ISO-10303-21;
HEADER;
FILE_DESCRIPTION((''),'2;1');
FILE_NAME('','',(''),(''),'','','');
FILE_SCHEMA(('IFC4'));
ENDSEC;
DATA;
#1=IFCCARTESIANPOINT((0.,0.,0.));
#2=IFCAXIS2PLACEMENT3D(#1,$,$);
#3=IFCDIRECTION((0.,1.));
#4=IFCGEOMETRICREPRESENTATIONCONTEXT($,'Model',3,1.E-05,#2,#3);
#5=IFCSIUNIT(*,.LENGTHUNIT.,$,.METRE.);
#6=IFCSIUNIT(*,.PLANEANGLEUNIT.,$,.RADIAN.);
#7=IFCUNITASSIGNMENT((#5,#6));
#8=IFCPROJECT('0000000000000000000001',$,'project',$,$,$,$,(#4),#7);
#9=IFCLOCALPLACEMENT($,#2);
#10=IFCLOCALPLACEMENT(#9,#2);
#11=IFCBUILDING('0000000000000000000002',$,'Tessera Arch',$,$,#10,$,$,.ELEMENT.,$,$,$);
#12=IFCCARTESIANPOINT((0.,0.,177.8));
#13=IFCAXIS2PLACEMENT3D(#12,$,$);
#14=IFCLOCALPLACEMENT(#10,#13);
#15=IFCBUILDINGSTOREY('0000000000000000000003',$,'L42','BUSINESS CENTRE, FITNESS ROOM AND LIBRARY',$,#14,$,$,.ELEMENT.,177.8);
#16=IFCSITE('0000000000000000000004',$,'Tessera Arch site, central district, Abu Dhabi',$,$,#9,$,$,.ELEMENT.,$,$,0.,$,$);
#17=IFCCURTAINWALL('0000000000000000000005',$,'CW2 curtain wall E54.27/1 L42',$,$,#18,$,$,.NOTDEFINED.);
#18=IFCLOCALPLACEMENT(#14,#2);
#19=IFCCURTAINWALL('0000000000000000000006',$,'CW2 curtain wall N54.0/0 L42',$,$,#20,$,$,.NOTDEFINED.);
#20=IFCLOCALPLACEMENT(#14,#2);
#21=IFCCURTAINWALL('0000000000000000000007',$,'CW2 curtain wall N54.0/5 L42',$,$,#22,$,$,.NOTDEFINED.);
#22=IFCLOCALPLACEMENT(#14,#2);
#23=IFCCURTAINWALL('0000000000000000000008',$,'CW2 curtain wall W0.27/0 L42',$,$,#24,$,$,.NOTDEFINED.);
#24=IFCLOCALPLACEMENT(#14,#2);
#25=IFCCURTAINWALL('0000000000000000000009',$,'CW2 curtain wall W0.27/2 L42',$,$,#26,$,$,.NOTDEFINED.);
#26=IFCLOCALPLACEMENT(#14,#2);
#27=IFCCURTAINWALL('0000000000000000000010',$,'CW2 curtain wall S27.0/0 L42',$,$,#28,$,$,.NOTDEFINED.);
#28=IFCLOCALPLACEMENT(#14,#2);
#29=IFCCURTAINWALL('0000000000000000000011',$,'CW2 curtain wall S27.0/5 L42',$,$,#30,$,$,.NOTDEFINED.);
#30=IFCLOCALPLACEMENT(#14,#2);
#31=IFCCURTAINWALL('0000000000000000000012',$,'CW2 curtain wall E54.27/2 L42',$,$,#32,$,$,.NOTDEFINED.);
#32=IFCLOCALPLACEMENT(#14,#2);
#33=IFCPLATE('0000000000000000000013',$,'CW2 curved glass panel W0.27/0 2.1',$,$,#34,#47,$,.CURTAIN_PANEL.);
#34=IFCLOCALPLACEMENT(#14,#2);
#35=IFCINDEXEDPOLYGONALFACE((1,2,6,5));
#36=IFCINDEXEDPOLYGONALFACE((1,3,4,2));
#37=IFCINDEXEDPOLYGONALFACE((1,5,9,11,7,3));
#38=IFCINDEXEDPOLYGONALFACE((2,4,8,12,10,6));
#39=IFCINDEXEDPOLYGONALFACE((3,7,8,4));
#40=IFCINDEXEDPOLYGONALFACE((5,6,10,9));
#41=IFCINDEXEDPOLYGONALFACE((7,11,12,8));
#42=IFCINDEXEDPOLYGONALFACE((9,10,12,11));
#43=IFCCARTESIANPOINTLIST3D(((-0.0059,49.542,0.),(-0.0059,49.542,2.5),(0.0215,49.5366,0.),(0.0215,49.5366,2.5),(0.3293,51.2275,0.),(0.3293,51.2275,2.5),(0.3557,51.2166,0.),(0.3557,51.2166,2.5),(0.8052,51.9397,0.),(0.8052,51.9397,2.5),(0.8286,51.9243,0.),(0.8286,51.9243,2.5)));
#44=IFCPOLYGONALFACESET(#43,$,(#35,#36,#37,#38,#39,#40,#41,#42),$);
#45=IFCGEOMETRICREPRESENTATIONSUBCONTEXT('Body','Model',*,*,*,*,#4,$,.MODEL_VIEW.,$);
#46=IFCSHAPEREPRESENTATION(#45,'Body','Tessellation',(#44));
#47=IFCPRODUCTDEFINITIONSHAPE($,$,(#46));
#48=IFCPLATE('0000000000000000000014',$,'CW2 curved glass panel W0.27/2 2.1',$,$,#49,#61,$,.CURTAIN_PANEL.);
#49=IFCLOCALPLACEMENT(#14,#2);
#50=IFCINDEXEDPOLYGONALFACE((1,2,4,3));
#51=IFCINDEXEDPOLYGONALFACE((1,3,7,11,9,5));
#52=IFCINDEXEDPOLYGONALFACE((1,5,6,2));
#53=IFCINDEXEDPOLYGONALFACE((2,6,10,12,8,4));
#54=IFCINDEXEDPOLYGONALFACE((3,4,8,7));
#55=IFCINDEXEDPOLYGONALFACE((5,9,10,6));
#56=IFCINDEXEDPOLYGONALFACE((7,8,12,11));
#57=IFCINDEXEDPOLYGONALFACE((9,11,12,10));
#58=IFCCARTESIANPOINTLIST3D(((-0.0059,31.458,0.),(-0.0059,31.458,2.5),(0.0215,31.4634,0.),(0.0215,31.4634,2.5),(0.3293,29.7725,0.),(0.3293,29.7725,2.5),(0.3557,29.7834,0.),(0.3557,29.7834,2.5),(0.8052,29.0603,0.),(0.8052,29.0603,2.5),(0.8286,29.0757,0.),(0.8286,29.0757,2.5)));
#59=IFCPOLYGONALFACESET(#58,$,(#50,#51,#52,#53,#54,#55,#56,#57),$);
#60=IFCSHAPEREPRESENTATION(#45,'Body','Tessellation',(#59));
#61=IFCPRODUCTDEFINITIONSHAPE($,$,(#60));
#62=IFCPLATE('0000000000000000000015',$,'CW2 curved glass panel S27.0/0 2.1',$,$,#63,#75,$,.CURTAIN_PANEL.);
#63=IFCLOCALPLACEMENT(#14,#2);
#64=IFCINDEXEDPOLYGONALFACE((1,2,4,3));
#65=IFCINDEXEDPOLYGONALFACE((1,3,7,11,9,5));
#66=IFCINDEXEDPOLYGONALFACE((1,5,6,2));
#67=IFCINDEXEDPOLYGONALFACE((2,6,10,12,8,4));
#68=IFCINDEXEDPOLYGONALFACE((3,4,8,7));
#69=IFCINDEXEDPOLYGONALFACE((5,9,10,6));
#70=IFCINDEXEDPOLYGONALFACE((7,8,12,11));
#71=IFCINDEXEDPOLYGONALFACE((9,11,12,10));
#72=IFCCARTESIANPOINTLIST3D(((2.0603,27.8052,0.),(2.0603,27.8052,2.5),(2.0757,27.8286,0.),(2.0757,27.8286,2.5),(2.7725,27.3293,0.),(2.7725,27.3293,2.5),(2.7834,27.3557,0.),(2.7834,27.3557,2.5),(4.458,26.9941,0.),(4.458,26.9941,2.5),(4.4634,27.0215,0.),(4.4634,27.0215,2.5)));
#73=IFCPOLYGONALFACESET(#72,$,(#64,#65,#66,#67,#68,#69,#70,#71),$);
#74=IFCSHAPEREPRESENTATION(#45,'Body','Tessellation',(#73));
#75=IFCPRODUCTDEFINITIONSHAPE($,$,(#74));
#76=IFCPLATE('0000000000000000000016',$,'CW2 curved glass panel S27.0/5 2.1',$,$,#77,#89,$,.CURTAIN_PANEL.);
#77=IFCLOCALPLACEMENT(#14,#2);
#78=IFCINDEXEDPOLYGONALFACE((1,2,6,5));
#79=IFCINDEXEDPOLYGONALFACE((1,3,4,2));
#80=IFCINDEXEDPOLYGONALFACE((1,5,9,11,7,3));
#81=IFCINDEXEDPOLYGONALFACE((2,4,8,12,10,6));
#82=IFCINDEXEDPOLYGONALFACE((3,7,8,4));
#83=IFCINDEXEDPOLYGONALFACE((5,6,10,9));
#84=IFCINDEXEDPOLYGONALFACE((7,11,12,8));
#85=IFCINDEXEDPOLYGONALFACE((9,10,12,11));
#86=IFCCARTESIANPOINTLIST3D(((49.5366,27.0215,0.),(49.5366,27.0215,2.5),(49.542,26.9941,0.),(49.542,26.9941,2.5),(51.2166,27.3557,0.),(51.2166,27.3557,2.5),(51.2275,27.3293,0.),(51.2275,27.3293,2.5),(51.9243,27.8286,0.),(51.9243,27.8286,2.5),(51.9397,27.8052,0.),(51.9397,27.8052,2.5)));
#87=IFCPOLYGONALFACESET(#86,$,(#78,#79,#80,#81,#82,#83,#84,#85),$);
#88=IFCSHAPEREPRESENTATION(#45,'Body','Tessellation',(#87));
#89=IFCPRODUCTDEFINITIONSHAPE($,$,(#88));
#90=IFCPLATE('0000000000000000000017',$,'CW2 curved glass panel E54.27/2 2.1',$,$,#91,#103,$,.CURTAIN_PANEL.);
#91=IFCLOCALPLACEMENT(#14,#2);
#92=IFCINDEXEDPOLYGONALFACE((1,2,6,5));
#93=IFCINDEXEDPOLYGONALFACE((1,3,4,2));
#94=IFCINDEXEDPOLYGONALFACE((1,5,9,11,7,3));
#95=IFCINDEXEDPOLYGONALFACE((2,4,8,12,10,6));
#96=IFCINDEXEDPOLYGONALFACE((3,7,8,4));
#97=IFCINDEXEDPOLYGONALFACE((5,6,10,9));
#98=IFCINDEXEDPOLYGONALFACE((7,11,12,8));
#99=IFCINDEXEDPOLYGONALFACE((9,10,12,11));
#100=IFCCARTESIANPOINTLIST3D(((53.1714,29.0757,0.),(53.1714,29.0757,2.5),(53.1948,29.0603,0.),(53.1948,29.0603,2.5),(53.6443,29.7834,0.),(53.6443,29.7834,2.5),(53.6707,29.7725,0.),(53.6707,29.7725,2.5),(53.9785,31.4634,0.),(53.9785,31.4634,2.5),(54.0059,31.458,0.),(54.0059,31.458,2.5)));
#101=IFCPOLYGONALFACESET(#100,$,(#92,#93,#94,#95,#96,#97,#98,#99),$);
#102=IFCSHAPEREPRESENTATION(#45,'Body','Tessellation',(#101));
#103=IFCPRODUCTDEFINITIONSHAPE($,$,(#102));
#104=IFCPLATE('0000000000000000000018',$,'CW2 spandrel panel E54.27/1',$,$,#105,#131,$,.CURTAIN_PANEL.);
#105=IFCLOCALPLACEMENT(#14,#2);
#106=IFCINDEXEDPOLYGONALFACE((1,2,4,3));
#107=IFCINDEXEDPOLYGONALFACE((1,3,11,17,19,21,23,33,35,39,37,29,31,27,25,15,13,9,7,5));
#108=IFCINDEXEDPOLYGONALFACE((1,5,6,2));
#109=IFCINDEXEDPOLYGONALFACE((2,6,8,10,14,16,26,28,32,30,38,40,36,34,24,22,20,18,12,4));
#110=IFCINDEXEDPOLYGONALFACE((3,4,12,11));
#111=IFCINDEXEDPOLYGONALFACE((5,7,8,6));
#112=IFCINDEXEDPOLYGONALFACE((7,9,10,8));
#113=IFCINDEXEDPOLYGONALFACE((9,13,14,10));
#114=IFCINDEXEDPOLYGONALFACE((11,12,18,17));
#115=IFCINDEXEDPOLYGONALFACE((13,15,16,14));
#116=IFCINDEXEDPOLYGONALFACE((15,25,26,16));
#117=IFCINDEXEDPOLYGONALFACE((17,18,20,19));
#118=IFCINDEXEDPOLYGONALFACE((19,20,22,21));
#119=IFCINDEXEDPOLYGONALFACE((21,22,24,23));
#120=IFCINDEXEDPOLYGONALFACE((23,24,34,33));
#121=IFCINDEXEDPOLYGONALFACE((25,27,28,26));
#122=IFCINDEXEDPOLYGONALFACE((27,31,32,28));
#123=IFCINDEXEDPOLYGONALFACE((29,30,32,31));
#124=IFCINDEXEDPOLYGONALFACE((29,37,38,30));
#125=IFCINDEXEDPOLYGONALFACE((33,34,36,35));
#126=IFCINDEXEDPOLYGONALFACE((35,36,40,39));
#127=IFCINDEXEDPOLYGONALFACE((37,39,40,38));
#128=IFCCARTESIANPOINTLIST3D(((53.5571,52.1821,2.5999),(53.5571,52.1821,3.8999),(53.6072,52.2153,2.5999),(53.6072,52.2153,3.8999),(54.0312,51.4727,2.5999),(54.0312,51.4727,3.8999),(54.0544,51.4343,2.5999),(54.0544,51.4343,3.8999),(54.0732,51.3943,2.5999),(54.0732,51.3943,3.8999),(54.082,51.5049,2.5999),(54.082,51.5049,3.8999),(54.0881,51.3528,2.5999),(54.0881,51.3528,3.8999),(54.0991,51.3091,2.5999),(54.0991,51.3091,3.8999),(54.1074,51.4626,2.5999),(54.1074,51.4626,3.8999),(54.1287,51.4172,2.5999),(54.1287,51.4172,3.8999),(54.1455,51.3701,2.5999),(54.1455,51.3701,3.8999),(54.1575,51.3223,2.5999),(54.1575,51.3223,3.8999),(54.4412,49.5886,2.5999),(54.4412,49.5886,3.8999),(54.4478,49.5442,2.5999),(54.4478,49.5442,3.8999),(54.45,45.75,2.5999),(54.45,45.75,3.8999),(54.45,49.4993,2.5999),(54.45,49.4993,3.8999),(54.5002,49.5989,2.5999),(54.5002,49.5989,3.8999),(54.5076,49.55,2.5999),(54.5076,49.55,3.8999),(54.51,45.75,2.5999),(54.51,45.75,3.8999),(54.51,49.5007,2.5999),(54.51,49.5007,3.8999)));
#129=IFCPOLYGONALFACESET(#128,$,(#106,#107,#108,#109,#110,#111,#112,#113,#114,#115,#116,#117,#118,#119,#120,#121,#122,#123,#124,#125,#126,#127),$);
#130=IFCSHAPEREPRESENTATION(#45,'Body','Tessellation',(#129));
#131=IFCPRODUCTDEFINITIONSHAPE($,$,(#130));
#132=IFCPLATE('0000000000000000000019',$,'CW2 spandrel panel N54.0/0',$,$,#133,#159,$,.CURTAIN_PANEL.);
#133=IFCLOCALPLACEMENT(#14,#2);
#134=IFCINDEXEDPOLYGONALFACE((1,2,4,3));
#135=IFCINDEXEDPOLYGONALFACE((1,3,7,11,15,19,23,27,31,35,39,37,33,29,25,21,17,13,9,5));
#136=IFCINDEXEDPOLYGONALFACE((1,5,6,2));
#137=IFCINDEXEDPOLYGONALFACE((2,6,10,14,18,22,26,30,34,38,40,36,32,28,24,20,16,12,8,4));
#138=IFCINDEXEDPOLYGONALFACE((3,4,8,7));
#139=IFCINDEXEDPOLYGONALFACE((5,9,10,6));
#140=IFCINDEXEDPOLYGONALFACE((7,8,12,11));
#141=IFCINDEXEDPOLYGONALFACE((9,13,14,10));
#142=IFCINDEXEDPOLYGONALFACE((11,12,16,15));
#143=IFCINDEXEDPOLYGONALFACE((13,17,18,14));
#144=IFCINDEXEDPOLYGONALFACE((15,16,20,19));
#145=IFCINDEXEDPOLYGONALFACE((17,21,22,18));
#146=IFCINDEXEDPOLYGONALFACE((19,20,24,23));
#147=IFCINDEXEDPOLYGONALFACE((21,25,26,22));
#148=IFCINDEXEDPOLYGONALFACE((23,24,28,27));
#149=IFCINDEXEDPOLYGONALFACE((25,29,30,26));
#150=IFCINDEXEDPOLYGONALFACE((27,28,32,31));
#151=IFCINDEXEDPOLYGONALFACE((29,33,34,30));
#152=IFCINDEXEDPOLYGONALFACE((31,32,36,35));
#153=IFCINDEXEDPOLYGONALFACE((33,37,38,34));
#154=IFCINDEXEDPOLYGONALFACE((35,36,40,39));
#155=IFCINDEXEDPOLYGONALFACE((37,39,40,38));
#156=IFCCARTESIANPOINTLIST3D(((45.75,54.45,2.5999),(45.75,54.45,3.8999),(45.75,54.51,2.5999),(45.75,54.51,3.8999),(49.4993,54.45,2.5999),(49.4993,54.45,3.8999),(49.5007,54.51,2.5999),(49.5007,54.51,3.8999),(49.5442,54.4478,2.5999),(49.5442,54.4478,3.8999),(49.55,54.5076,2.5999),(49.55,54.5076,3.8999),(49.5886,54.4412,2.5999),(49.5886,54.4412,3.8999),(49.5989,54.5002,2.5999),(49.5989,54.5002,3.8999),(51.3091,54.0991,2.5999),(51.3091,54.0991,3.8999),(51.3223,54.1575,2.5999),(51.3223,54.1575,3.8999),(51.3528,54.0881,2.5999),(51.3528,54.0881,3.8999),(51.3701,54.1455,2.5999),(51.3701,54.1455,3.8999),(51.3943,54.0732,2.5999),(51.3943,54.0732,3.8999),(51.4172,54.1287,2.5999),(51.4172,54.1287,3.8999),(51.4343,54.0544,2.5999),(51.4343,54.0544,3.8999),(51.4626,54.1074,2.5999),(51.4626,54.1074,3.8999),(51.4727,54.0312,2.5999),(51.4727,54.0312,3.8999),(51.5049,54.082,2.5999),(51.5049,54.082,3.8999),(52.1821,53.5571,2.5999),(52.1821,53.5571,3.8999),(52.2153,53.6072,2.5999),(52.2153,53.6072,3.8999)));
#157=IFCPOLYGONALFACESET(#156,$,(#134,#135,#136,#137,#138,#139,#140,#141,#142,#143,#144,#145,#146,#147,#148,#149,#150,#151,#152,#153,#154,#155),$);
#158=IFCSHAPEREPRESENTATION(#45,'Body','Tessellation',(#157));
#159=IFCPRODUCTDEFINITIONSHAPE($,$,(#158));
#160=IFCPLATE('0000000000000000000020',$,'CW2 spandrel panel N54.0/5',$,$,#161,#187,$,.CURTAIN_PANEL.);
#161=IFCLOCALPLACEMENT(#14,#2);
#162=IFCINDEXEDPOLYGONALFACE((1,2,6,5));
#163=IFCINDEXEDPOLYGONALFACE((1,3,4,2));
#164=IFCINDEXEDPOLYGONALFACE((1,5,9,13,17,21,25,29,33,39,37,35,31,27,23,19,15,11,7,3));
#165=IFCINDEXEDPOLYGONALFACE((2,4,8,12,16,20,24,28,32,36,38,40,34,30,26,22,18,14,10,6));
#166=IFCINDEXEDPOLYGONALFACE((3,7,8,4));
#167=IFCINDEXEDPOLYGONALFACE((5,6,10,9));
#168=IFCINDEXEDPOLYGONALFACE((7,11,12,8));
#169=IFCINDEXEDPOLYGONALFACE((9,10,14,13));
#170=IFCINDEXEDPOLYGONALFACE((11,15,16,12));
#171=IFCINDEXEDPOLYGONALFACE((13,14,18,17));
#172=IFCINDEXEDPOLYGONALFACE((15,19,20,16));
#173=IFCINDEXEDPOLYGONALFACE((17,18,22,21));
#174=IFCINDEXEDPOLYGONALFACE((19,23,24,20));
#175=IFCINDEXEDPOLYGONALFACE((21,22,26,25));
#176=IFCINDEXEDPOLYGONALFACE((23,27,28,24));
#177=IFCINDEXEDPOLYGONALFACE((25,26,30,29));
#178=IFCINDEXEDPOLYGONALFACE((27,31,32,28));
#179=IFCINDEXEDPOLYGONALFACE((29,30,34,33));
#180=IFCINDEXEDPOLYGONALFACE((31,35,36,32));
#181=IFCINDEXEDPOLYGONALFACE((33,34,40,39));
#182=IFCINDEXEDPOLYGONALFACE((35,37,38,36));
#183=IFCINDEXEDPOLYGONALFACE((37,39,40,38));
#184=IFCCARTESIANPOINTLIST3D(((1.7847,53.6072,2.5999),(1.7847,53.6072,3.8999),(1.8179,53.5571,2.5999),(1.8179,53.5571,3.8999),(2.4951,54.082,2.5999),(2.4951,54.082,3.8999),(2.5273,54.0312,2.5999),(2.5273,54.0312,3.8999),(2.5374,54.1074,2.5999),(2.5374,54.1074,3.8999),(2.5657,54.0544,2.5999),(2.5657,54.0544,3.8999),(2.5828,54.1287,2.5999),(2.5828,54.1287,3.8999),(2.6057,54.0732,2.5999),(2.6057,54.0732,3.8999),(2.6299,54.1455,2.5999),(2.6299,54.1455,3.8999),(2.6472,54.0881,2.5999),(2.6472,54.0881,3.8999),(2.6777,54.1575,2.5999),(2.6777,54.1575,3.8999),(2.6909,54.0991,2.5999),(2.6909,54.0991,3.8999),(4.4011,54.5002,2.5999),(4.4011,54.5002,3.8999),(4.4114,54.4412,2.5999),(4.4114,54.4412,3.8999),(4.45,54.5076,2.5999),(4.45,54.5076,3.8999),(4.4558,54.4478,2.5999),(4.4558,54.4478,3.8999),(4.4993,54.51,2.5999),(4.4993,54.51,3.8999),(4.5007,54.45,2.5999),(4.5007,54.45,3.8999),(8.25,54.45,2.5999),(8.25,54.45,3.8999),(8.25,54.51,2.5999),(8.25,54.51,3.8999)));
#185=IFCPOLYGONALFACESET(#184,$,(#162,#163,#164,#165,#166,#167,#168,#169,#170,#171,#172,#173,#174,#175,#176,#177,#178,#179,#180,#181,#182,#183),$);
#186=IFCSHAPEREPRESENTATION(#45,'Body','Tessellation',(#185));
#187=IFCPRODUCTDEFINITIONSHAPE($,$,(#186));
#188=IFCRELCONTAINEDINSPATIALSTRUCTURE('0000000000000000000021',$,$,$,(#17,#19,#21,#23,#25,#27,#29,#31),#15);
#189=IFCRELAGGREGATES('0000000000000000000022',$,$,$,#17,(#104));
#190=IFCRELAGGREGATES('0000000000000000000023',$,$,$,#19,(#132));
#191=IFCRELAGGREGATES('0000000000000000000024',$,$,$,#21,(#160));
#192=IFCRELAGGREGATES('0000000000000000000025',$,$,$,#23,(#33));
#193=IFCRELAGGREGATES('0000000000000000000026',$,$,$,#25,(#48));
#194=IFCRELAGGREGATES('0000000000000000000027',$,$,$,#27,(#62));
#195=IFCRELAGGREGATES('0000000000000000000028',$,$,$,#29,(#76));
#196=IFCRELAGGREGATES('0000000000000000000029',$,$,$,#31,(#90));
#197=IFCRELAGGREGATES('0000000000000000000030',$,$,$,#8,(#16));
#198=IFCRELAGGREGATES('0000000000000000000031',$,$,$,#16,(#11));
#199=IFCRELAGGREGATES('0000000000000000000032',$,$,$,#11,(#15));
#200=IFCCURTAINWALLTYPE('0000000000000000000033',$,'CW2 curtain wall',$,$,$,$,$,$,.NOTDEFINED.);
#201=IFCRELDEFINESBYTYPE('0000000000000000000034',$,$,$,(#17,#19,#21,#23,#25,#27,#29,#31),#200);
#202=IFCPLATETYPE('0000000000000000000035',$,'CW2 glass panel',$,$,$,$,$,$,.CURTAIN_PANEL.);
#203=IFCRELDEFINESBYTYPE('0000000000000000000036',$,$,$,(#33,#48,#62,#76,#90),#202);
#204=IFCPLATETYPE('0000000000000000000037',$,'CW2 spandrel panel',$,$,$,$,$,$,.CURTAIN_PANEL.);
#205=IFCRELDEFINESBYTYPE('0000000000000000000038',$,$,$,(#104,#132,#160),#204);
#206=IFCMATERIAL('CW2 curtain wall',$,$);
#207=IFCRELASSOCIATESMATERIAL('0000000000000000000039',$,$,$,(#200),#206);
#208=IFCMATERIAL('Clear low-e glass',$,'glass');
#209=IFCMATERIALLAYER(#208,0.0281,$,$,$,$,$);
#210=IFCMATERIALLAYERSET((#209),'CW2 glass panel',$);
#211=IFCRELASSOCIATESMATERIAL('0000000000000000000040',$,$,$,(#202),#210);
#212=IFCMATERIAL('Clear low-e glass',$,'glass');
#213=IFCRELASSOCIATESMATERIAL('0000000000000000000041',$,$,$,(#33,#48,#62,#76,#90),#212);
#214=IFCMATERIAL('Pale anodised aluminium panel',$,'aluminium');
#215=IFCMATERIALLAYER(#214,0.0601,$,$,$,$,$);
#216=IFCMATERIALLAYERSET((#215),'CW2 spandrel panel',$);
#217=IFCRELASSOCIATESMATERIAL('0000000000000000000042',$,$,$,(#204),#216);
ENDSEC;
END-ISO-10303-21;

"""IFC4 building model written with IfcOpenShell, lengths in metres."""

from ifc_helpers import new_model, si_unit, direction, frame, origin, place, context, subcontext, project, spatial, polyline, outline, extrude, material, layer, layer_set, type_object, element, aggregate, save


model = new_model("IFC4")

# Units and contexts
model_context = context("Model", 3, precision=1e-05, world=origin(), true_north=direction((0.0, 1.0)))
body_context = subcontext(model_context, "Body", "Model", "MODEL_VIEW")
ifc_project = project(units=[si_unit("LENGTHUNIT", "METRE"), si_unit("PLANEANGLEUNIT", "RADIAN")], contexts=[model_context])

# Site, building, storey
site_placement = place(None, origin())
site = spatial("IfcSite", under=ifc_project, at=site_placement, Name="Tessera Arch site, central district, Abu Dhabi", CompositionType="ELEMENT", RefElevation=0.0)
building_placement = place(site_placement, origin())
building = spatial("IfcBuilding", under=site, at=building_placement, Name="Tessera Arch", CompositionType="ELEMENT")
storey_placement = place(building_placement, frame((0.0, 0.0, 177.8)))
storey = spatial("IfcBuildingStorey", under=building, at=storey_placement, Name="L42", Description="BUSINESS CENTRE, FITNESS ROOM AND LIBRARY", CompositionType="ELEMENT", Elevation=177.8)

# Curtain walls
ifc_material_1 = material(Name="CW2 curtain wall")
curtain_wall_type = type_object("IfcCurtainWallType", Name="CW2 curtain wall", PredefinedType="NOTDEFINED", material=ifc_material_1)
curtain_wall_1_placement = place(storey_placement, origin())
curtain_wall_1 = element("IfcCurtainWall", 1, at=curtain_wall_1_placement, inside=storey, type_object=curtain_wall_type, Name="CW2 curtain wall E54.27/1 L42", PredefinedType="NOTDEFINED")
curtain_wall_2_placement = place(storey_placement, origin())
curtain_wall_2 = element("IfcCurtainWall", 2, at=curtain_wall_2_placement, inside=storey, type_object=curtain_wall_type, Name="CW2 curtain wall N54.0/0 L42", PredefinedType="NOTDEFINED")
curtain_wall_3_placement = place(storey_placement, origin())
curtain_wall_3 = element("IfcCurtainWall", 3, at=curtain_wall_3_placement, inside=storey, type_object=curtain_wall_type, Name="CW2 curtain wall N54.0/5 L42", PredefinedType="NOTDEFINED")
curtain_wall_4_placement = place(storey_placement, origin())
curtain_wall_4 = element("IfcCurtainWall", 4, at=curtain_wall_4_placement, inside=storey, type_object=curtain_wall_type, Name="CW2 curtain wall W0.27/0 L42", PredefinedType="NOTDEFINED")
curtain_wall_5_placement = place(storey_placement, origin())
curtain_wall_5 = element("IfcCurtainWall", 5, at=curtain_wall_5_placement, inside=storey, type_object=curtain_wall_type, Name="CW2 curtain wall W0.27/2 L42", PredefinedType="NOTDEFINED")
curtain_wall_6_placement = place(storey_placement, origin())
curtain_wall_6 = element("IfcCurtainWall", 6, at=curtain_wall_6_placement, inside=storey, type_object=curtain_wall_type, Name="CW2 curtain wall S27.0/0 L42", PredefinedType="NOTDEFINED")
curtain_wall_7_placement = place(storey_placement, origin())
curtain_wall_7 = element("IfcCurtainWall", 7, at=curtain_wall_7_placement, inside=storey, type_object=curtain_wall_type, Name="CW2 curtain wall S27.0/5 L42", PredefinedType="NOTDEFINED")
curtain_wall_8_placement = place(storey_placement, origin())
curtain_wall_8 = element("IfcCurtainWall", 8, at=curtain_wall_8_placement, inside=storey, type_object=curtain_wall_type, Name="CW2 curtain wall E54.27/2 L42", PredefinedType="NOTDEFINED")

# Plates
ifc_material_2 = material(Name="Clear low-e glass", Category="glass")
ifc_material_3 = material(Name="Clear low-e glass", Category="glass")
ifc_layer_1 = layer(ifc_material_3, 0.0281)
ifc_layer_set_1 = layer_set([ifc_layer_1], Name="CW2 glass panel")
plate_type_1 = type_object("IfcPlateType", Name="CW2 glass panel", PredefinedType="CURTAIN_PANEL", material=ifc_layer_set_1)
plate_1_placement = place(storey_placement, origin())
plate_1 = element("IfcPlate", 9, at=plate_1_placement, type_object=plate_type_1, material=ifc_material_2, Name="CW2 curved glass panel W0.27/0 2.1", PredefinedType="CURTAIN_PANEL", context=body_context, shape_type="SweptSolid", body=[
    extrude(outline(polyline([(0.3557, 51.2166), (0.8286, 51.9243), (0.8052, 51.9397), (0.3293, 51.2275), (-0.0059, 49.542), (0.0215, 49.5366), (0.3557, 51.2166)])), origin(), (0.0, 0.0, 1.0), 2.5),
])
plate_2_placement = place(storey_placement, origin())
plate_2 = element("IfcPlate", 10, at=plate_2_placement, type_object=plate_type_1, material=ifc_material_2, Name="CW2 curved glass panel W0.27/2 2.1", PredefinedType="CURTAIN_PANEL", context=body_context, shape_type="SweptSolid", body=[
    extrude(outline(polyline([(0.3557, 29.7834), (0.0215, 31.4634), (-0.0059, 31.458), (0.3293, 29.7725), (0.8052, 29.0603), (0.8286, 29.0757), (0.3557, 29.7834)])), origin(), (0.0, 0.0, 1.0), 2.5),
])
plate_3_placement = place(storey_placement, origin())
plate_3 = element("IfcPlate", 11, at=plate_3_placement, type_object=plate_type_1, material=ifc_material_2, Name="CW2 curved glass panel S27.0/0 2.1", PredefinedType="CURTAIN_PANEL", context=body_context, shape_type="SweptSolid", body=[
    extrude(outline(polyline([(2.7834, 27.3557), (2.0757, 27.8286), (2.0603, 27.8052), (2.7725, 27.3293), (4.458, 26.9941), (4.4634, 27.0215), (2.7834, 27.3557)])), origin(), (0.0, 0.0, 1.0), 2.5),
])
plate_4_placement = place(storey_placement, origin())
plate_4 = element("IfcPlate", 12, at=plate_4_placement, type_object=plate_type_1, material=ifc_material_2, Name="CW2 curved glass panel S27.0/5 2.1", PredefinedType="CURTAIN_PANEL", context=body_context, shape_type="SweptSolid", body=[
    extrude(outline(polyline([(51.2166, 27.3557), (49.5366, 27.0215), (49.542, 26.9941), (51.2275, 27.3293), (51.9397, 27.8052), (51.9243, 27.8286), (51.2166, 27.3557)])), origin(), (0.0, 0.0, 1.0), 2.5),
])
plate_5_placement = place(storey_placement, origin())
plate_5 = element("IfcPlate", 13, at=plate_5_placement, type_object=plate_type_1, material=ifc_material_2, Name="CW2 curved glass panel E54.27/2 2.1", PredefinedType="CURTAIN_PANEL", context=body_context, shape_type="SweptSolid", body=[
    extrude(outline(polyline([(53.6443, 29.7834), (53.1714, 29.0757), (53.1948, 29.0603), (53.6707, 29.7725), (54.0059, 31.458), (53.9785, 31.4634), (53.6443, 29.7834)])), origin(), (0.0, 0.0, 1.0), 2.5),
])
ifc_material_4 = material(Name="Pale anodised aluminium panel", Category="aluminium")
ifc_layer_2 = layer(ifc_material_4, 0.0601)
ifc_layer_set_2 = layer_set([ifc_layer_2], Name="CW2 spandrel panel")
plate_type_2 = type_object("IfcPlateType", Name="CW2 spandrel panel", PredefinedType="CURTAIN_PANEL", material=ifc_layer_set_2)
plate_6_placement = place(storey_placement, frame((0.0, 0.0, 2.5999)))
plate_6 = element("IfcPlate", 14, at=plate_6_placement, type_object=plate_type_2, Name="CW2 spandrel panel E54.27/1", PredefinedType="CURTAIN_PANEL", context=body_context, shape_type="SweptSolid", body=[
    extrude(outline(polyline([(54.45, 49.4993), (54.45, 45.75), (54.51, 45.75), (54.51, 49.5007), (54.5076, 49.55), (54.5002, 49.5989), (54.1575, 51.3223), (54.1455, 51.3701), (54.1287, 51.4172), (54.1074, 51.4626), (54.082, 51.5049), (53.6072, 52.2153), (53.5571, 52.1821), (54.0312, 51.4727), (54.0544, 51.4343), (54.0732, 51.3943), (54.0881, 51.3528), (54.0991, 51.3091), (54.4412, 49.5886), (54.4478, 49.5442), (54.45, 49.4993)])), origin(), (0.0, 0.0, 1.0), 1.3),
])
aggregate(curtain_wall_1, [plate_6])
plate_7_placement = place(storey_placement, frame((0.0, 0.0, 2.5999)))
plate_7 = element("IfcPlate", 15, at=plate_7_placement, type_object=plate_type_2, Name="CW2 spandrel panel N54.0/0", PredefinedType="CURTAIN_PANEL", context=body_context, shape_type="SweptSolid", body=[
    extrude(outline(polyline([(51.4727, 54.0312), (52.1821, 53.5571), (52.2153, 53.6072), (51.5049, 54.082), (51.4626, 54.1074), (51.4172, 54.1287), (51.3701, 54.1455), (51.3223, 54.1575), (49.5989, 54.5002), (49.55, 54.5076), (49.5007, 54.51), (45.75, 54.51), (45.75, 54.45), (49.4993, 54.45), (49.5442, 54.4478), (49.5886, 54.4412), (51.3091, 54.0991), (51.3528, 54.0881), (51.3943, 54.0732), (51.4343, 54.0544), (51.4727, 54.0312)])), origin(), (0.0, 0.0, 1.0), 1.3),
])
aggregate(curtain_wall_2, [plate_7])
plate_8_placement = place(storey_placement, frame((0.0, 0.0, 2.5999)))
plate_8 = element("IfcPlate", 16, at=plate_8_placement, type_object=plate_type_2, Name="CW2 spandrel panel N54.0/5", PredefinedType="CURTAIN_PANEL", context=body_context, shape_type="SweptSolid", body=[
    extrude(outline(polyline([(4.5007, 54.45), (8.25, 54.45), (8.25, 54.51), (4.4993, 54.51), (4.45, 54.5076), (4.4011, 54.5002), (2.6777, 54.1575), (2.6299, 54.1455), (2.5828, 54.1287), (2.5374, 54.1074), (2.4951, 54.082), (1.7847, 53.6072), (1.8179, 53.5571), (2.5273, 54.0312), (2.5657, 54.0544), (2.6057, 54.0732), (2.6472, 54.0881), (2.6909, 54.0991), (4.4114, 54.4412), (4.4558, 54.4478), (4.5007, 54.45)])), origin(), (0.0, 0.0, 1.0), 1.3),
])
aggregate(curtain_wall_3, [plate_8])
aggregate(curtain_wall_4, [plate_1])
aggregate(curtain_wall_5, [plate_2])
aggregate(curtain_wall_6, [plate_3])
aggregate(curtain_wall_7, [plate_4])
aggregate(curtain_wall_8, [plate_5])

save(model, "model.ifc")
